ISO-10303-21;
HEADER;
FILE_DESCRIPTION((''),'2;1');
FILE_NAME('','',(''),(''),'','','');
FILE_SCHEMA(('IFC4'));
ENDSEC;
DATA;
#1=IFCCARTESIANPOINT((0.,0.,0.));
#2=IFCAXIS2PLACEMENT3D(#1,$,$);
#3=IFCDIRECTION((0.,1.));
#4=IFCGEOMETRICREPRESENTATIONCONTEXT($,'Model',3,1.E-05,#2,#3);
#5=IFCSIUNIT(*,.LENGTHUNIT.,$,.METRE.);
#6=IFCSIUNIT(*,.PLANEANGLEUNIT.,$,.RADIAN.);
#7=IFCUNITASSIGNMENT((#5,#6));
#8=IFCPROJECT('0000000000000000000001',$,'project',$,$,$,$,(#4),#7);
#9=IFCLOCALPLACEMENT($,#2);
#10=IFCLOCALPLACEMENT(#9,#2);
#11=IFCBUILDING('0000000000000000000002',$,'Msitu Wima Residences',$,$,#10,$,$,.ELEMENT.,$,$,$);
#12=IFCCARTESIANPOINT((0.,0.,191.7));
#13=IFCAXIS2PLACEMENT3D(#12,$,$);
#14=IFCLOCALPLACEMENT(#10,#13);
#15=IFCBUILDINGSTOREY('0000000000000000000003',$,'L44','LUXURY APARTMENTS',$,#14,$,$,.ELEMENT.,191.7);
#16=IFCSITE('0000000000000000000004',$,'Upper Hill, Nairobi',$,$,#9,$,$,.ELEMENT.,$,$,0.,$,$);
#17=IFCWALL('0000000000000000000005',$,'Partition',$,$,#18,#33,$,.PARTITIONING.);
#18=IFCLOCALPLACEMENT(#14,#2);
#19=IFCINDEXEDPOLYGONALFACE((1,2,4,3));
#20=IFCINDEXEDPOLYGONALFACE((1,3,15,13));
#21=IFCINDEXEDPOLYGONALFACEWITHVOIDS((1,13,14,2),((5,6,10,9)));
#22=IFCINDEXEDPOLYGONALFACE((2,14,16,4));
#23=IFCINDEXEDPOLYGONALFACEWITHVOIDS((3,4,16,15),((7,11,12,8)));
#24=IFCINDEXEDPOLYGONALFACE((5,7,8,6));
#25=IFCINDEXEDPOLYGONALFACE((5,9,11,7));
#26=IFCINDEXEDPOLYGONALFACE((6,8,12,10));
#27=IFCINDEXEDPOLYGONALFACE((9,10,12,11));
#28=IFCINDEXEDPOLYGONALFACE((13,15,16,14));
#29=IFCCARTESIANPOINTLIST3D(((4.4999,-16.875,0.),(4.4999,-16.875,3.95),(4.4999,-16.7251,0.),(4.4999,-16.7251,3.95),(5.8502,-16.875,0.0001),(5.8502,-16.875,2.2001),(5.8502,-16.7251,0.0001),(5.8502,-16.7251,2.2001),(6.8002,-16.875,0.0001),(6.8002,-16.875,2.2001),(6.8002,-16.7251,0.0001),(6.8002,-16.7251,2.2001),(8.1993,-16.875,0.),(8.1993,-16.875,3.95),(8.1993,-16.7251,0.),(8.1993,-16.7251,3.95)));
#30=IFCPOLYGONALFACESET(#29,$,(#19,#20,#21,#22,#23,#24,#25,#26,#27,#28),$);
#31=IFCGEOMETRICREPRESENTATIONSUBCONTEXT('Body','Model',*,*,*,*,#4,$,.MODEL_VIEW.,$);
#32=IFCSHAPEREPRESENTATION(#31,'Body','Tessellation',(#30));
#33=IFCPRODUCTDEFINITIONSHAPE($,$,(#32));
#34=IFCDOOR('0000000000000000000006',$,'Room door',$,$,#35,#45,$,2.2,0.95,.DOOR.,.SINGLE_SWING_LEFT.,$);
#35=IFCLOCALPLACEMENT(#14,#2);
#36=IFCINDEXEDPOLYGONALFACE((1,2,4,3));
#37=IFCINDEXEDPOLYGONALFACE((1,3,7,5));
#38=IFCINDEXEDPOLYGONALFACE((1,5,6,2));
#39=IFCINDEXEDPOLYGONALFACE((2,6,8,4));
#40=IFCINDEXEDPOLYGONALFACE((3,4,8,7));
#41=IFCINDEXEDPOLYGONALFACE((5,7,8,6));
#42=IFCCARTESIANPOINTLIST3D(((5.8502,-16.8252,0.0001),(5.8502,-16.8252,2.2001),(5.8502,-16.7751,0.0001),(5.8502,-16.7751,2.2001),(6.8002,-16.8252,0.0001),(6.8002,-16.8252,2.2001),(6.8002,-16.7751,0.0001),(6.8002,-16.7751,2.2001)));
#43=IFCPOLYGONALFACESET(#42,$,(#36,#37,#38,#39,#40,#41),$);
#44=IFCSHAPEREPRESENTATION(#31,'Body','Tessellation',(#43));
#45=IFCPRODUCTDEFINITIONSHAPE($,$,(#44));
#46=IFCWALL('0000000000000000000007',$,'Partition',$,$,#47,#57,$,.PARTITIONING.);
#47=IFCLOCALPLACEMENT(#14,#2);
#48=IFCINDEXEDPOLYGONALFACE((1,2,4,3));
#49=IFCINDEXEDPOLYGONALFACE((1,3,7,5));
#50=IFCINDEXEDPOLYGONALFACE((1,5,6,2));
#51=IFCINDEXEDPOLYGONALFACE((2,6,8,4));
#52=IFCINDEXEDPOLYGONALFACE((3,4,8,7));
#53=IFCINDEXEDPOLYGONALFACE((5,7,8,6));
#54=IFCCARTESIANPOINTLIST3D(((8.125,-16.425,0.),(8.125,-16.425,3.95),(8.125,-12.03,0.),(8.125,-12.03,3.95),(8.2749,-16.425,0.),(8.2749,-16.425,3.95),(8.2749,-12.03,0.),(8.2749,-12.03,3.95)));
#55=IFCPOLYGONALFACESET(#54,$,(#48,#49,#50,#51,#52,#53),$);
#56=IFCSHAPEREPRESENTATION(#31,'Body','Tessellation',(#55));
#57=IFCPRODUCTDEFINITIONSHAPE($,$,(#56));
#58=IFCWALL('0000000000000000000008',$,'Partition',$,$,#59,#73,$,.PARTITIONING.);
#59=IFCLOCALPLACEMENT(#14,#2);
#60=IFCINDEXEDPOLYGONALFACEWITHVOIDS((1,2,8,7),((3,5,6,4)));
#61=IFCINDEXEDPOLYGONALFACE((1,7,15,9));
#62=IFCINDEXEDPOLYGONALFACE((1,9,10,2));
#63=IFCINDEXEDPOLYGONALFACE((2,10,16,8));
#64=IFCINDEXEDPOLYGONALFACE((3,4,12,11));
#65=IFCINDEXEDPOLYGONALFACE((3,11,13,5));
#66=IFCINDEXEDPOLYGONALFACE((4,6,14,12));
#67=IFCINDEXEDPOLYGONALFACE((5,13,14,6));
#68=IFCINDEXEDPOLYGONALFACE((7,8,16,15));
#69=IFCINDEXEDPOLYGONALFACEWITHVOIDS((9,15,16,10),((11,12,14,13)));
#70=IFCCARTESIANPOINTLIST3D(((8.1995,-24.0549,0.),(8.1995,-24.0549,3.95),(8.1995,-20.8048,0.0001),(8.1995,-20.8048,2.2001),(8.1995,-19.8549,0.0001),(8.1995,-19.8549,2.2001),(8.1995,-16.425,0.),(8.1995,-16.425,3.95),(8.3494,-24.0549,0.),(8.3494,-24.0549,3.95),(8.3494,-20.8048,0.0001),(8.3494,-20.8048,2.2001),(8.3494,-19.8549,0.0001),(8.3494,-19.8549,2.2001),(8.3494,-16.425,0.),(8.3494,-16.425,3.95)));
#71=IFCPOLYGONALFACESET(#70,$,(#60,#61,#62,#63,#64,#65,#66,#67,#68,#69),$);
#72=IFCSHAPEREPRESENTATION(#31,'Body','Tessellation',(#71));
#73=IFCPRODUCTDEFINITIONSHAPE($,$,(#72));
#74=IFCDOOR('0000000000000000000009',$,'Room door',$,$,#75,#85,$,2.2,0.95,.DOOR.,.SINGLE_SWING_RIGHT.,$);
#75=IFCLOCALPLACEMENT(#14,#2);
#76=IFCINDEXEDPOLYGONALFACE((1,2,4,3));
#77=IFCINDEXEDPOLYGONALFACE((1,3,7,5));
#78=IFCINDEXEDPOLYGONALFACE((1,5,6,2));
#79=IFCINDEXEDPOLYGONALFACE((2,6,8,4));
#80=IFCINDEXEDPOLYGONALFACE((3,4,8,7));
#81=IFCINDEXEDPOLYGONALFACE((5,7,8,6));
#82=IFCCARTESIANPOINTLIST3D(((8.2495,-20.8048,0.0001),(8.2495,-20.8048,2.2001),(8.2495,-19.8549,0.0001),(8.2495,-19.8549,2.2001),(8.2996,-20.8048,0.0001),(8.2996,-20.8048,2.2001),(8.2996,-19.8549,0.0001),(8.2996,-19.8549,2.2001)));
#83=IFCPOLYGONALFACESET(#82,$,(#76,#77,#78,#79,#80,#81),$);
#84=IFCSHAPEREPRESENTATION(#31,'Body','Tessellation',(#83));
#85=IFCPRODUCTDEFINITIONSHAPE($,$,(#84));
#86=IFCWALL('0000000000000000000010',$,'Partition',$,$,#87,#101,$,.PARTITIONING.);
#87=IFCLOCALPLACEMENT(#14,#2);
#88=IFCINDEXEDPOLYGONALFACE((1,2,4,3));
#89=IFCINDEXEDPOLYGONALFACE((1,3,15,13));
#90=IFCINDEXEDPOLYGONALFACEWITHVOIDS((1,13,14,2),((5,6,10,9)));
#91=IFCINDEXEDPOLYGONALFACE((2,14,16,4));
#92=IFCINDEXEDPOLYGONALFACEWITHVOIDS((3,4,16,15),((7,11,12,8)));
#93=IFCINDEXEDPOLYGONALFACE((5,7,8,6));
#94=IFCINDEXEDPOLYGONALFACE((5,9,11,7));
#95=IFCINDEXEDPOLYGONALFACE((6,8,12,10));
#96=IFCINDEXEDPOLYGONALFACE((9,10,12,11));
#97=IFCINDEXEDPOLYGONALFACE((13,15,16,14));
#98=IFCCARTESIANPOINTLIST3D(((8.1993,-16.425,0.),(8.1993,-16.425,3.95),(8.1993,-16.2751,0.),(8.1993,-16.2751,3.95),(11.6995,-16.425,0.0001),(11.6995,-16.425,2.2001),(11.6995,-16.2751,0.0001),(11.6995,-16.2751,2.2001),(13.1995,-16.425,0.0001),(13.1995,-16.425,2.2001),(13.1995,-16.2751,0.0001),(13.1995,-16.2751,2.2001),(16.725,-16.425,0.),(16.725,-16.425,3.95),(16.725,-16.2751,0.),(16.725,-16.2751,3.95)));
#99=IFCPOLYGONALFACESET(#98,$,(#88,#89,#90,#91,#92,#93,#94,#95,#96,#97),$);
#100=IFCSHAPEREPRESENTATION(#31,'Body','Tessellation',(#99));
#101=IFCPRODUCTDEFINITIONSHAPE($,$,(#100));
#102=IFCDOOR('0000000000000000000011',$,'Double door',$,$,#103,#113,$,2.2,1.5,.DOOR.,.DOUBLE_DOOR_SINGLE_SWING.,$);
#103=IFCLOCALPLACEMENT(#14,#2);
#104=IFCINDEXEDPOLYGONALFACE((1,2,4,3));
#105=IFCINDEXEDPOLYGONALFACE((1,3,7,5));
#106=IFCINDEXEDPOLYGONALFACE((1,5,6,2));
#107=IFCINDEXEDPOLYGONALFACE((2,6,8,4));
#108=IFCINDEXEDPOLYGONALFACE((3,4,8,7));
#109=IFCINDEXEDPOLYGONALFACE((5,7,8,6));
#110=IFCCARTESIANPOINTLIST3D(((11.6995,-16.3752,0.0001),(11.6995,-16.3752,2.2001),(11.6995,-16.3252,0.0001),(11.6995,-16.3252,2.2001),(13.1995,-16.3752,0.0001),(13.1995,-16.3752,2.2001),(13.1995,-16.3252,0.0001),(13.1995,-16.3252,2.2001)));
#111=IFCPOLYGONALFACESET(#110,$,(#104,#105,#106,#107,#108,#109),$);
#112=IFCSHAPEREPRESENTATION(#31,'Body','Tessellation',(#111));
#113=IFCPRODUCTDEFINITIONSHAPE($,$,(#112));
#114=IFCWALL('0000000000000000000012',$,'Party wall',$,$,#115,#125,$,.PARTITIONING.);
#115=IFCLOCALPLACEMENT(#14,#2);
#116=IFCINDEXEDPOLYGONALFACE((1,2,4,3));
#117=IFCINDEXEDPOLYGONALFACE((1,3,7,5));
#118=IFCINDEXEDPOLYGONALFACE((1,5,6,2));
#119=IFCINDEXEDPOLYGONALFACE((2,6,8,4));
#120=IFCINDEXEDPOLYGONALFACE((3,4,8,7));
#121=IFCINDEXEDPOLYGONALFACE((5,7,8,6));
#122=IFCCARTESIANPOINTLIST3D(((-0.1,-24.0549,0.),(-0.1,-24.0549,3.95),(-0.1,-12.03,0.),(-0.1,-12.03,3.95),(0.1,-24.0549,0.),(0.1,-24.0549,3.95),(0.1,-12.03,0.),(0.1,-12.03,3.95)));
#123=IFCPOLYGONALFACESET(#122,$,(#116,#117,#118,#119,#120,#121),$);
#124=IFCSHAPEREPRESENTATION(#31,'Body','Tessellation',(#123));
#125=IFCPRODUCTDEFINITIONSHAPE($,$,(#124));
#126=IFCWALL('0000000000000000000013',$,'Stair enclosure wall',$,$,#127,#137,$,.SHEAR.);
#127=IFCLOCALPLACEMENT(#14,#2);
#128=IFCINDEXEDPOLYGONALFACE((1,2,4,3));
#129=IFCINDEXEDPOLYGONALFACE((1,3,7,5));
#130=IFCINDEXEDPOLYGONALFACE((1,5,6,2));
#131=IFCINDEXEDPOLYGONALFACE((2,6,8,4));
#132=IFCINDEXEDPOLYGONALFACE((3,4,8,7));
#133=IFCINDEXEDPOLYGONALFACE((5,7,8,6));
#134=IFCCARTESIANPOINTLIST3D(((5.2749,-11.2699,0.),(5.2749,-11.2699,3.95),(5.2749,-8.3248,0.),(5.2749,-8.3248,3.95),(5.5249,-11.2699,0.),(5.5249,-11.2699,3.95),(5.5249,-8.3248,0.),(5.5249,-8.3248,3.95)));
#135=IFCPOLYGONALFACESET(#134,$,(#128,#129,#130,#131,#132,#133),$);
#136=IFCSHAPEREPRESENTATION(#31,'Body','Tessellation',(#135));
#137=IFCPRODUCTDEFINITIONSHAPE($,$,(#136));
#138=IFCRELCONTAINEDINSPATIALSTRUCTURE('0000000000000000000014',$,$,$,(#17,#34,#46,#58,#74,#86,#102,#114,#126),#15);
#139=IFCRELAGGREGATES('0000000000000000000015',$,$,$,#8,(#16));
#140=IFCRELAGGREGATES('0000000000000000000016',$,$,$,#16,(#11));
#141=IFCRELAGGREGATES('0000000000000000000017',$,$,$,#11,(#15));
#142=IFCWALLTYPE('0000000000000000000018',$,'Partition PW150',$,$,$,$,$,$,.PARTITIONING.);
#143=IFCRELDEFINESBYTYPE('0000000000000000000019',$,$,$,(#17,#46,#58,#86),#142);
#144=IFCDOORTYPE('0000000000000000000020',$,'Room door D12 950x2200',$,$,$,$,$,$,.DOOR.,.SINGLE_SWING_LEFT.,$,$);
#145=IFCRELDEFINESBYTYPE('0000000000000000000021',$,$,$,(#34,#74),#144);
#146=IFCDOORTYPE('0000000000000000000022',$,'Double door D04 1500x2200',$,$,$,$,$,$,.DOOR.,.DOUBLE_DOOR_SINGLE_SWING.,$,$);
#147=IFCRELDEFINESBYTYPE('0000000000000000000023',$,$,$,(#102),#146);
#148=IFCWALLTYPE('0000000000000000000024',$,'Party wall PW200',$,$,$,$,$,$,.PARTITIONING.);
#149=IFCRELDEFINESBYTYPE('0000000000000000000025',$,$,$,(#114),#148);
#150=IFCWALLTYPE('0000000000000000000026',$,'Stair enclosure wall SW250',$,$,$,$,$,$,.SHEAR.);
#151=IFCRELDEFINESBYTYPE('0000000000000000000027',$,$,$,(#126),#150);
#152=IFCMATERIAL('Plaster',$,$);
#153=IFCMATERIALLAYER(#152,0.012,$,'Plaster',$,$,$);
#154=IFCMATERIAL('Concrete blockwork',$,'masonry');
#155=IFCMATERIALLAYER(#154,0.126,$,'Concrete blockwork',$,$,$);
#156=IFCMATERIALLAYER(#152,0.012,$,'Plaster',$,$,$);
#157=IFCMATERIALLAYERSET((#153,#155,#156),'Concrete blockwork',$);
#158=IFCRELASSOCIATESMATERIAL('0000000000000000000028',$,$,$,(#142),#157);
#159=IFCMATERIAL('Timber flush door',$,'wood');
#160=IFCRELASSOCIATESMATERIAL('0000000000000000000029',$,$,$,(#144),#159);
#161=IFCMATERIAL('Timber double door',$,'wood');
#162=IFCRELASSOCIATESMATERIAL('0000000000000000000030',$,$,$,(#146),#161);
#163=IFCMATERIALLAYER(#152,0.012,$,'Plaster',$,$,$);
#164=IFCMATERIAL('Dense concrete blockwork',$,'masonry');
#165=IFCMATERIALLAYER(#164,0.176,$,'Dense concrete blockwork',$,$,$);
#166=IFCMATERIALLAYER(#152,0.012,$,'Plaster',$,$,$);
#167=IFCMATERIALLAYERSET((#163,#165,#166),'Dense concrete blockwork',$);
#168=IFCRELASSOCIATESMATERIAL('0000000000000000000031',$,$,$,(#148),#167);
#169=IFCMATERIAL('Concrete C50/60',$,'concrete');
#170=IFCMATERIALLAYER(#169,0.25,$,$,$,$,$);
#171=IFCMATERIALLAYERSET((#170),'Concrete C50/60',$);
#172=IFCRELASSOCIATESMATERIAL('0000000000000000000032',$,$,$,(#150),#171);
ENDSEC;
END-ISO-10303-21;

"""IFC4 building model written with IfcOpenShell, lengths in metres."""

from ifc_helpers import new_model, si_unit, direction, frame, frame_2d, origin, place, context, subcontext, project, spatial, rectangle, extrude, material, layer, layer_set, type_object, element, fill, save


model = new_model("IFC4")

# Units and contexts
model_context = context("Model", 3, precision=1e-05, world=origin(), true_north=direction((0.0, 1.0)))
body_context = subcontext(model_context, "Body", "Model", "MODEL_VIEW")
ifc_project = project(units=[si_unit("LENGTHUNIT", "METRE"), si_unit("PLANEANGLEUNIT", "RADIAN")], contexts=[model_context])

# Site, building, storey
site_placement = place(None, origin())
site = spatial("IfcSite", under=ifc_project, at=site_placement, Name="Upper Hill, Nairobi", CompositionType="ELEMENT", RefElevation=0.0)
building_placement = place(site_placement, origin())
building = spatial("IfcBuilding", under=site, at=building_placement, Name="Msitu Wima Residences", CompositionType="ELEMENT")
storey_placement = place(building_placement, frame((0.0, 0.0, 191.7)))
storey = spatial("IfcBuildingStorey", under=building, at=storey_placement, Name="L44", Description="LUXURY APARTMENTS", CompositionType="ELEMENT", Elevation=191.7)

# Shared definitions
ifc_material_1 = material(Name="Concrete C50/60", Category="concrete")

# Shared definitions
ifc_material_2 = material(Name="Plaster")
ifc_layer_1 = layer(ifc_material_2, 0.012, Name="Plaster")
ifc_material_3 = material(Name="Concrete blockwork", Category="masonry")
ifc_layer_2 = layer(ifc_material_3, 0.126, Name="Concrete blockwork")
ifc_layer_3 = layer(ifc_material_2, 0.012, Name="Plaster")
ifc_layer_set_1 = layer_set([ifc_layer_1, ifc_layer_2, ifc_layer_3], Name="Concrete blockwork")
wall_type_1 = type_object("IfcWallType", Name="Partition PW150", PredefinedType="PARTITIONING", material=ifc_layer_set_1)

# Wall, opening, door
wall_1_placement = place(storey_placement, frame((4.5, -16.8, 0.0), z_axis=(0.0, 0.0, 1.0), x_axis=(1.0, 0.0, 0.0)))
wall_1 = element("IfcWall", 1, at=wall_1_placement, inside=storey, type_object=wall_type_1, Name="Partition", PredefinedType="PARTITIONING", context=body_context, shape_type="SweptSolid", body=[
    extrude(rectangle(XDim=3.6995, YDim=0.1499, at=frame_2d((1.8496, 0.0))), origin(), (0.0, 0.0, 1.0), 3.95),
])
opening_1_placement = place(wall_1_placement, frame((1.3501, 0.0, 0.0)))
opening_1 = element("IfcOpeningElement", 2, at=opening_1_placement, cuts=wall_1, PredefinedType="OPENING", context=body_context, shape_type="SweptSolid", body=[
    extrude(rectangle(XDim=0.95, YDim=2.2, at=frame_2d((0.4751, 1.1001))), frame((0.0, 0.085, 0.0), z_axis=(0.0, -1.0, 0.0), x_axis=(1.0, 0.0, 0.0)), (0.0, 0.0, 1.0), 0.1699),
])
ifc_material_4 = material(Name="Timber flush door", Category="wood")
door_type_1 = type_object("IfcDoorType", Name="Room door D12 950x2200", OperationType="SINGLE_SWING_LEFT", PredefinedType="DOOR", material=ifc_material_4)
door_1_placement = place(opening_1_placement, origin())
door_1 = element("IfcDoor", 3, at=door_1_placement, inside=storey, type_object=door_type_1, Name="Room door", OperationType="SINGLE_SWING_LEFT", OverallHeight=2.2, OverallWidth=0.95, PredefinedType="DOOR", context=body_context, shape_type="SweptSolid", body=[
    extrude(rectangle(XDim=0.95, YDim=2.2, at=frame_2d((0.4751, 1.1001))), frame((0.0, 0.0249, 0.0), z_axis=(0.0, -1.0, 0.0), x_axis=(1.0, 0.0, 0.0)), (0.0, 0.0, 1.0), 0.05),
])
fill(opening_1, door_1)

# Wall
wall_2_placement = place(storey_placement, frame((8.2, -16.425, 0.0), z_axis=(0.0, 0.0, 1.0), x_axis=(0.0, 1.0, 0.0)))
element("IfcWall", 4, at=wall_2_placement, inside=storey, type_object=wall_type_1, Name="Partition", PredefinedType="PARTITIONING", context=body_context, shape_type="SweptSolid", body=[
    extrude(rectangle(XDim=4.395, YDim=0.1499, at=frame_2d((2.1975, 0.0))), origin(), (0.0, 0.0, 1.0), 3.95),
])

# Walls, openings, doors
wall_3_placement = place(storey_placement, frame((8.2744, -24.0549, 0.0), z_axis=(0.0, 0.0, 1.0), x_axis=(0.0, 1.0, 0.0)))
wall_3 = element("IfcWall", 5, at=wall_3_placement, inside=storey, type_object=wall_type_1, Name="Partition", PredefinedType="PARTITIONING", context=body_context, shape_type="SweptSolid", body=[
    extrude(rectangle(XDim=7.6299, YDim=0.1499, at=frame_2d((3.8149, 0.0))), origin(), (0.0, 0.0, 1.0), 3.95),
])
opening_2_placement = place(wall_3_placement, frame((3.25, 0.0, 0.0)))
opening_2 = element("IfcOpeningElement", 6, at=opening_2_placement, cuts=wall_3, PredefinedType="OPENING", context=body_context, shape_type="SweptSolid", body=[
    extrude(rectangle(XDim=0.95, YDim=2.2, at=frame_2d((0.4751, 1.1001))), frame((0.0, 0.085, 0.0), z_axis=(0.0, -1.0, 0.0), x_axis=(1.0, 0.0, 0.0)), (0.0, 0.0, 1.0), 0.1699),
])
door_2_placement = place(opening_2_placement, origin())
door_2 = element("IfcDoor", 7, at=door_2_placement, inside=storey, type_object=door_type_1, Name="Room door", OperationType="SINGLE_SWING_RIGHT", OverallHeight=2.2, OverallWidth=0.95, PredefinedType="DOOR", context=body_context, shape_type="SweptSolid", body=[
    extrude(rectangle(XDim=0.95, YDim=2.2, at=frame_2d((0.4751, 1.1001))), frame((0.0, 0.0249, 0.0), z_axis=(0.0, -1.0, 0.0), x_axis=(1.0, 0.0, 0.0)), (0.0, 0.0, 1.0), 0.05),
])
fill(opening_2, door_2)
wall_4_placement = place(storey_placement, frame((8.1995, -16.3501, 0.0), z_axis=(0.0, 0.0, 1.0), x_axis=(1.0, 0.0, 0.0)))
wall_4 = element("IfcWall", 8, at=wall_4_placement, inside=storey, type_object=wall_type_1, Name="Partition", PredefinedType="PARTITIONING", context=body_context, shape_type="SweptSolid", body=[
    extrude(rectangle(XDim=8.5256, YDim=0.1499, at=frame_2d((4.2627, 0.0))), origin(), (0.0, 0.0, 1.0), 3.95),
])
opening_3_placement = place(wall_4_placement, frame((3.5, 0.0, 0.0)))
opening_3 = element("IfcOpeningElement", 9, at=opening_3_placement, cuts=wall_4, PredefinedType="OPENING", context=body_context, shape_type="SweptSolid", body=[
    extrude(rectangle(XDim=1.5, YDim=2.2, at=frame_2d((0.75, 1.1001))), frame((0.0, 0.085, 0.0), z_axis=(0.0, -1.0, 0.0), x_axis=(1.0, 0.0, 0.0)), (0.0, 0.0, 1.0), 0.1699),
])
ifc_material_5 = material(Name="Timber double door", Category="wood")
door_type_2 = type_object("IfcDoorType", Name="Double door D04 1500x2200", OperationType="DOUBLE_DOOR_SINGLE_SWING", PredefinedType="DOOR", material=ifc_material_5)
door_3_placement = place(opening_3_placement, origin())
door_3 = element("IfcDoor", 10, at=door_3_placement, inside=storey, type_object=door_type_2, Name="Double door", OperationType="DOUBLE_DOOR_SINGLE_SWING", OverallHeight=2.2, OverallWidth=1.5, PredefinedType="DOOR", context=body_context, shape_type="SweptSolid", body=[
    extrude(rectangle(XDim=1.5, YDim=2.2, at=frame_2d((0.75, 1.1001))), frame((0.0, 0.0249, 0.0), z_axis=(0.0, -1.0, 0.0), x_axis=(1.0, 0.0, 0.0)), (0.0, 0.0, 1.0), 0.05),
])
fill(opening_3, door_3)

# Walls
ifc_layer_4 = layer(ifc_material_2, 0.012, Name="Plaster")
ifc_material_6 = material(Name="Dense concrete blockwork", Category="masonry")
ifc_layer_5 = layer(ifc_material_6, 0.176, Name="Dense concrete blockwork")
ifc_layer_6 = layer(ifc_material_2, 0.012, Name="Plaster")
ifc_layer_set_2 = layer_set([ifc_layer_4, ifc_layer_5, ifc_layer_6], Name="Dense concrete blockwork")
wall_type_2 = type_object("IfcWallType", Name="Party wall PW200", PredefinedType="PARTITIONING", material=ifc_layer_set_2)
wall_5_placement = place(storey_placement, frame((0.0, -24.0549, 0.0), z_axis=(0.0, 0.0, 1.0), x_axis=(0.0, 1.0, 0.0)))
element("IfcWall", 11, at=wall_5_placement, inside=storey, type_object=wall_type_2, Name="Party wall", PredefinedType="PARTITIONING", context=body_context, shape_type="SweptSolid", body=[
    extrude(rectangle(XDim=12.0249, YDim=0.2, at=frame_2d((6.0125, 0.0))), origin(), (0.0, 0.0, 1.0), 3.95),
])
ifc_layer_7 = layer(ifc_material_1, 0.25)
ifc_layer_set_3 = layer_set([ifc_layer_7], Name="Concrete C50/60")
wall_type_3 = type_object("IfcWallType", Name="Stair enclosure wall SW250", PredefinedType="SHEAR", material=ifc_layer_set_3)
wall_6_placement = place(storey_placement, frame((5.3999, -11.27, 0.0), z_axis=(0.0, 0.0, 1.0), x_axis=(0.0, 1.0, 0.0)))
element("IfcWall", 12, at=wall_6_placement, inside=storey, type_object=wall_type_3, Name="Stair enclosure wall", PredefinedType="SHEAR", context=body_context, shape_type="SweptSolid", body=[
    extrude(rectangle(XDim=2.9451, YDim=0.25, at=frame_2d((1.4727, 0.0))), origin(), (0.0, 0.0, 1.0), 3.95),
])

save(model, "model.ifc")
